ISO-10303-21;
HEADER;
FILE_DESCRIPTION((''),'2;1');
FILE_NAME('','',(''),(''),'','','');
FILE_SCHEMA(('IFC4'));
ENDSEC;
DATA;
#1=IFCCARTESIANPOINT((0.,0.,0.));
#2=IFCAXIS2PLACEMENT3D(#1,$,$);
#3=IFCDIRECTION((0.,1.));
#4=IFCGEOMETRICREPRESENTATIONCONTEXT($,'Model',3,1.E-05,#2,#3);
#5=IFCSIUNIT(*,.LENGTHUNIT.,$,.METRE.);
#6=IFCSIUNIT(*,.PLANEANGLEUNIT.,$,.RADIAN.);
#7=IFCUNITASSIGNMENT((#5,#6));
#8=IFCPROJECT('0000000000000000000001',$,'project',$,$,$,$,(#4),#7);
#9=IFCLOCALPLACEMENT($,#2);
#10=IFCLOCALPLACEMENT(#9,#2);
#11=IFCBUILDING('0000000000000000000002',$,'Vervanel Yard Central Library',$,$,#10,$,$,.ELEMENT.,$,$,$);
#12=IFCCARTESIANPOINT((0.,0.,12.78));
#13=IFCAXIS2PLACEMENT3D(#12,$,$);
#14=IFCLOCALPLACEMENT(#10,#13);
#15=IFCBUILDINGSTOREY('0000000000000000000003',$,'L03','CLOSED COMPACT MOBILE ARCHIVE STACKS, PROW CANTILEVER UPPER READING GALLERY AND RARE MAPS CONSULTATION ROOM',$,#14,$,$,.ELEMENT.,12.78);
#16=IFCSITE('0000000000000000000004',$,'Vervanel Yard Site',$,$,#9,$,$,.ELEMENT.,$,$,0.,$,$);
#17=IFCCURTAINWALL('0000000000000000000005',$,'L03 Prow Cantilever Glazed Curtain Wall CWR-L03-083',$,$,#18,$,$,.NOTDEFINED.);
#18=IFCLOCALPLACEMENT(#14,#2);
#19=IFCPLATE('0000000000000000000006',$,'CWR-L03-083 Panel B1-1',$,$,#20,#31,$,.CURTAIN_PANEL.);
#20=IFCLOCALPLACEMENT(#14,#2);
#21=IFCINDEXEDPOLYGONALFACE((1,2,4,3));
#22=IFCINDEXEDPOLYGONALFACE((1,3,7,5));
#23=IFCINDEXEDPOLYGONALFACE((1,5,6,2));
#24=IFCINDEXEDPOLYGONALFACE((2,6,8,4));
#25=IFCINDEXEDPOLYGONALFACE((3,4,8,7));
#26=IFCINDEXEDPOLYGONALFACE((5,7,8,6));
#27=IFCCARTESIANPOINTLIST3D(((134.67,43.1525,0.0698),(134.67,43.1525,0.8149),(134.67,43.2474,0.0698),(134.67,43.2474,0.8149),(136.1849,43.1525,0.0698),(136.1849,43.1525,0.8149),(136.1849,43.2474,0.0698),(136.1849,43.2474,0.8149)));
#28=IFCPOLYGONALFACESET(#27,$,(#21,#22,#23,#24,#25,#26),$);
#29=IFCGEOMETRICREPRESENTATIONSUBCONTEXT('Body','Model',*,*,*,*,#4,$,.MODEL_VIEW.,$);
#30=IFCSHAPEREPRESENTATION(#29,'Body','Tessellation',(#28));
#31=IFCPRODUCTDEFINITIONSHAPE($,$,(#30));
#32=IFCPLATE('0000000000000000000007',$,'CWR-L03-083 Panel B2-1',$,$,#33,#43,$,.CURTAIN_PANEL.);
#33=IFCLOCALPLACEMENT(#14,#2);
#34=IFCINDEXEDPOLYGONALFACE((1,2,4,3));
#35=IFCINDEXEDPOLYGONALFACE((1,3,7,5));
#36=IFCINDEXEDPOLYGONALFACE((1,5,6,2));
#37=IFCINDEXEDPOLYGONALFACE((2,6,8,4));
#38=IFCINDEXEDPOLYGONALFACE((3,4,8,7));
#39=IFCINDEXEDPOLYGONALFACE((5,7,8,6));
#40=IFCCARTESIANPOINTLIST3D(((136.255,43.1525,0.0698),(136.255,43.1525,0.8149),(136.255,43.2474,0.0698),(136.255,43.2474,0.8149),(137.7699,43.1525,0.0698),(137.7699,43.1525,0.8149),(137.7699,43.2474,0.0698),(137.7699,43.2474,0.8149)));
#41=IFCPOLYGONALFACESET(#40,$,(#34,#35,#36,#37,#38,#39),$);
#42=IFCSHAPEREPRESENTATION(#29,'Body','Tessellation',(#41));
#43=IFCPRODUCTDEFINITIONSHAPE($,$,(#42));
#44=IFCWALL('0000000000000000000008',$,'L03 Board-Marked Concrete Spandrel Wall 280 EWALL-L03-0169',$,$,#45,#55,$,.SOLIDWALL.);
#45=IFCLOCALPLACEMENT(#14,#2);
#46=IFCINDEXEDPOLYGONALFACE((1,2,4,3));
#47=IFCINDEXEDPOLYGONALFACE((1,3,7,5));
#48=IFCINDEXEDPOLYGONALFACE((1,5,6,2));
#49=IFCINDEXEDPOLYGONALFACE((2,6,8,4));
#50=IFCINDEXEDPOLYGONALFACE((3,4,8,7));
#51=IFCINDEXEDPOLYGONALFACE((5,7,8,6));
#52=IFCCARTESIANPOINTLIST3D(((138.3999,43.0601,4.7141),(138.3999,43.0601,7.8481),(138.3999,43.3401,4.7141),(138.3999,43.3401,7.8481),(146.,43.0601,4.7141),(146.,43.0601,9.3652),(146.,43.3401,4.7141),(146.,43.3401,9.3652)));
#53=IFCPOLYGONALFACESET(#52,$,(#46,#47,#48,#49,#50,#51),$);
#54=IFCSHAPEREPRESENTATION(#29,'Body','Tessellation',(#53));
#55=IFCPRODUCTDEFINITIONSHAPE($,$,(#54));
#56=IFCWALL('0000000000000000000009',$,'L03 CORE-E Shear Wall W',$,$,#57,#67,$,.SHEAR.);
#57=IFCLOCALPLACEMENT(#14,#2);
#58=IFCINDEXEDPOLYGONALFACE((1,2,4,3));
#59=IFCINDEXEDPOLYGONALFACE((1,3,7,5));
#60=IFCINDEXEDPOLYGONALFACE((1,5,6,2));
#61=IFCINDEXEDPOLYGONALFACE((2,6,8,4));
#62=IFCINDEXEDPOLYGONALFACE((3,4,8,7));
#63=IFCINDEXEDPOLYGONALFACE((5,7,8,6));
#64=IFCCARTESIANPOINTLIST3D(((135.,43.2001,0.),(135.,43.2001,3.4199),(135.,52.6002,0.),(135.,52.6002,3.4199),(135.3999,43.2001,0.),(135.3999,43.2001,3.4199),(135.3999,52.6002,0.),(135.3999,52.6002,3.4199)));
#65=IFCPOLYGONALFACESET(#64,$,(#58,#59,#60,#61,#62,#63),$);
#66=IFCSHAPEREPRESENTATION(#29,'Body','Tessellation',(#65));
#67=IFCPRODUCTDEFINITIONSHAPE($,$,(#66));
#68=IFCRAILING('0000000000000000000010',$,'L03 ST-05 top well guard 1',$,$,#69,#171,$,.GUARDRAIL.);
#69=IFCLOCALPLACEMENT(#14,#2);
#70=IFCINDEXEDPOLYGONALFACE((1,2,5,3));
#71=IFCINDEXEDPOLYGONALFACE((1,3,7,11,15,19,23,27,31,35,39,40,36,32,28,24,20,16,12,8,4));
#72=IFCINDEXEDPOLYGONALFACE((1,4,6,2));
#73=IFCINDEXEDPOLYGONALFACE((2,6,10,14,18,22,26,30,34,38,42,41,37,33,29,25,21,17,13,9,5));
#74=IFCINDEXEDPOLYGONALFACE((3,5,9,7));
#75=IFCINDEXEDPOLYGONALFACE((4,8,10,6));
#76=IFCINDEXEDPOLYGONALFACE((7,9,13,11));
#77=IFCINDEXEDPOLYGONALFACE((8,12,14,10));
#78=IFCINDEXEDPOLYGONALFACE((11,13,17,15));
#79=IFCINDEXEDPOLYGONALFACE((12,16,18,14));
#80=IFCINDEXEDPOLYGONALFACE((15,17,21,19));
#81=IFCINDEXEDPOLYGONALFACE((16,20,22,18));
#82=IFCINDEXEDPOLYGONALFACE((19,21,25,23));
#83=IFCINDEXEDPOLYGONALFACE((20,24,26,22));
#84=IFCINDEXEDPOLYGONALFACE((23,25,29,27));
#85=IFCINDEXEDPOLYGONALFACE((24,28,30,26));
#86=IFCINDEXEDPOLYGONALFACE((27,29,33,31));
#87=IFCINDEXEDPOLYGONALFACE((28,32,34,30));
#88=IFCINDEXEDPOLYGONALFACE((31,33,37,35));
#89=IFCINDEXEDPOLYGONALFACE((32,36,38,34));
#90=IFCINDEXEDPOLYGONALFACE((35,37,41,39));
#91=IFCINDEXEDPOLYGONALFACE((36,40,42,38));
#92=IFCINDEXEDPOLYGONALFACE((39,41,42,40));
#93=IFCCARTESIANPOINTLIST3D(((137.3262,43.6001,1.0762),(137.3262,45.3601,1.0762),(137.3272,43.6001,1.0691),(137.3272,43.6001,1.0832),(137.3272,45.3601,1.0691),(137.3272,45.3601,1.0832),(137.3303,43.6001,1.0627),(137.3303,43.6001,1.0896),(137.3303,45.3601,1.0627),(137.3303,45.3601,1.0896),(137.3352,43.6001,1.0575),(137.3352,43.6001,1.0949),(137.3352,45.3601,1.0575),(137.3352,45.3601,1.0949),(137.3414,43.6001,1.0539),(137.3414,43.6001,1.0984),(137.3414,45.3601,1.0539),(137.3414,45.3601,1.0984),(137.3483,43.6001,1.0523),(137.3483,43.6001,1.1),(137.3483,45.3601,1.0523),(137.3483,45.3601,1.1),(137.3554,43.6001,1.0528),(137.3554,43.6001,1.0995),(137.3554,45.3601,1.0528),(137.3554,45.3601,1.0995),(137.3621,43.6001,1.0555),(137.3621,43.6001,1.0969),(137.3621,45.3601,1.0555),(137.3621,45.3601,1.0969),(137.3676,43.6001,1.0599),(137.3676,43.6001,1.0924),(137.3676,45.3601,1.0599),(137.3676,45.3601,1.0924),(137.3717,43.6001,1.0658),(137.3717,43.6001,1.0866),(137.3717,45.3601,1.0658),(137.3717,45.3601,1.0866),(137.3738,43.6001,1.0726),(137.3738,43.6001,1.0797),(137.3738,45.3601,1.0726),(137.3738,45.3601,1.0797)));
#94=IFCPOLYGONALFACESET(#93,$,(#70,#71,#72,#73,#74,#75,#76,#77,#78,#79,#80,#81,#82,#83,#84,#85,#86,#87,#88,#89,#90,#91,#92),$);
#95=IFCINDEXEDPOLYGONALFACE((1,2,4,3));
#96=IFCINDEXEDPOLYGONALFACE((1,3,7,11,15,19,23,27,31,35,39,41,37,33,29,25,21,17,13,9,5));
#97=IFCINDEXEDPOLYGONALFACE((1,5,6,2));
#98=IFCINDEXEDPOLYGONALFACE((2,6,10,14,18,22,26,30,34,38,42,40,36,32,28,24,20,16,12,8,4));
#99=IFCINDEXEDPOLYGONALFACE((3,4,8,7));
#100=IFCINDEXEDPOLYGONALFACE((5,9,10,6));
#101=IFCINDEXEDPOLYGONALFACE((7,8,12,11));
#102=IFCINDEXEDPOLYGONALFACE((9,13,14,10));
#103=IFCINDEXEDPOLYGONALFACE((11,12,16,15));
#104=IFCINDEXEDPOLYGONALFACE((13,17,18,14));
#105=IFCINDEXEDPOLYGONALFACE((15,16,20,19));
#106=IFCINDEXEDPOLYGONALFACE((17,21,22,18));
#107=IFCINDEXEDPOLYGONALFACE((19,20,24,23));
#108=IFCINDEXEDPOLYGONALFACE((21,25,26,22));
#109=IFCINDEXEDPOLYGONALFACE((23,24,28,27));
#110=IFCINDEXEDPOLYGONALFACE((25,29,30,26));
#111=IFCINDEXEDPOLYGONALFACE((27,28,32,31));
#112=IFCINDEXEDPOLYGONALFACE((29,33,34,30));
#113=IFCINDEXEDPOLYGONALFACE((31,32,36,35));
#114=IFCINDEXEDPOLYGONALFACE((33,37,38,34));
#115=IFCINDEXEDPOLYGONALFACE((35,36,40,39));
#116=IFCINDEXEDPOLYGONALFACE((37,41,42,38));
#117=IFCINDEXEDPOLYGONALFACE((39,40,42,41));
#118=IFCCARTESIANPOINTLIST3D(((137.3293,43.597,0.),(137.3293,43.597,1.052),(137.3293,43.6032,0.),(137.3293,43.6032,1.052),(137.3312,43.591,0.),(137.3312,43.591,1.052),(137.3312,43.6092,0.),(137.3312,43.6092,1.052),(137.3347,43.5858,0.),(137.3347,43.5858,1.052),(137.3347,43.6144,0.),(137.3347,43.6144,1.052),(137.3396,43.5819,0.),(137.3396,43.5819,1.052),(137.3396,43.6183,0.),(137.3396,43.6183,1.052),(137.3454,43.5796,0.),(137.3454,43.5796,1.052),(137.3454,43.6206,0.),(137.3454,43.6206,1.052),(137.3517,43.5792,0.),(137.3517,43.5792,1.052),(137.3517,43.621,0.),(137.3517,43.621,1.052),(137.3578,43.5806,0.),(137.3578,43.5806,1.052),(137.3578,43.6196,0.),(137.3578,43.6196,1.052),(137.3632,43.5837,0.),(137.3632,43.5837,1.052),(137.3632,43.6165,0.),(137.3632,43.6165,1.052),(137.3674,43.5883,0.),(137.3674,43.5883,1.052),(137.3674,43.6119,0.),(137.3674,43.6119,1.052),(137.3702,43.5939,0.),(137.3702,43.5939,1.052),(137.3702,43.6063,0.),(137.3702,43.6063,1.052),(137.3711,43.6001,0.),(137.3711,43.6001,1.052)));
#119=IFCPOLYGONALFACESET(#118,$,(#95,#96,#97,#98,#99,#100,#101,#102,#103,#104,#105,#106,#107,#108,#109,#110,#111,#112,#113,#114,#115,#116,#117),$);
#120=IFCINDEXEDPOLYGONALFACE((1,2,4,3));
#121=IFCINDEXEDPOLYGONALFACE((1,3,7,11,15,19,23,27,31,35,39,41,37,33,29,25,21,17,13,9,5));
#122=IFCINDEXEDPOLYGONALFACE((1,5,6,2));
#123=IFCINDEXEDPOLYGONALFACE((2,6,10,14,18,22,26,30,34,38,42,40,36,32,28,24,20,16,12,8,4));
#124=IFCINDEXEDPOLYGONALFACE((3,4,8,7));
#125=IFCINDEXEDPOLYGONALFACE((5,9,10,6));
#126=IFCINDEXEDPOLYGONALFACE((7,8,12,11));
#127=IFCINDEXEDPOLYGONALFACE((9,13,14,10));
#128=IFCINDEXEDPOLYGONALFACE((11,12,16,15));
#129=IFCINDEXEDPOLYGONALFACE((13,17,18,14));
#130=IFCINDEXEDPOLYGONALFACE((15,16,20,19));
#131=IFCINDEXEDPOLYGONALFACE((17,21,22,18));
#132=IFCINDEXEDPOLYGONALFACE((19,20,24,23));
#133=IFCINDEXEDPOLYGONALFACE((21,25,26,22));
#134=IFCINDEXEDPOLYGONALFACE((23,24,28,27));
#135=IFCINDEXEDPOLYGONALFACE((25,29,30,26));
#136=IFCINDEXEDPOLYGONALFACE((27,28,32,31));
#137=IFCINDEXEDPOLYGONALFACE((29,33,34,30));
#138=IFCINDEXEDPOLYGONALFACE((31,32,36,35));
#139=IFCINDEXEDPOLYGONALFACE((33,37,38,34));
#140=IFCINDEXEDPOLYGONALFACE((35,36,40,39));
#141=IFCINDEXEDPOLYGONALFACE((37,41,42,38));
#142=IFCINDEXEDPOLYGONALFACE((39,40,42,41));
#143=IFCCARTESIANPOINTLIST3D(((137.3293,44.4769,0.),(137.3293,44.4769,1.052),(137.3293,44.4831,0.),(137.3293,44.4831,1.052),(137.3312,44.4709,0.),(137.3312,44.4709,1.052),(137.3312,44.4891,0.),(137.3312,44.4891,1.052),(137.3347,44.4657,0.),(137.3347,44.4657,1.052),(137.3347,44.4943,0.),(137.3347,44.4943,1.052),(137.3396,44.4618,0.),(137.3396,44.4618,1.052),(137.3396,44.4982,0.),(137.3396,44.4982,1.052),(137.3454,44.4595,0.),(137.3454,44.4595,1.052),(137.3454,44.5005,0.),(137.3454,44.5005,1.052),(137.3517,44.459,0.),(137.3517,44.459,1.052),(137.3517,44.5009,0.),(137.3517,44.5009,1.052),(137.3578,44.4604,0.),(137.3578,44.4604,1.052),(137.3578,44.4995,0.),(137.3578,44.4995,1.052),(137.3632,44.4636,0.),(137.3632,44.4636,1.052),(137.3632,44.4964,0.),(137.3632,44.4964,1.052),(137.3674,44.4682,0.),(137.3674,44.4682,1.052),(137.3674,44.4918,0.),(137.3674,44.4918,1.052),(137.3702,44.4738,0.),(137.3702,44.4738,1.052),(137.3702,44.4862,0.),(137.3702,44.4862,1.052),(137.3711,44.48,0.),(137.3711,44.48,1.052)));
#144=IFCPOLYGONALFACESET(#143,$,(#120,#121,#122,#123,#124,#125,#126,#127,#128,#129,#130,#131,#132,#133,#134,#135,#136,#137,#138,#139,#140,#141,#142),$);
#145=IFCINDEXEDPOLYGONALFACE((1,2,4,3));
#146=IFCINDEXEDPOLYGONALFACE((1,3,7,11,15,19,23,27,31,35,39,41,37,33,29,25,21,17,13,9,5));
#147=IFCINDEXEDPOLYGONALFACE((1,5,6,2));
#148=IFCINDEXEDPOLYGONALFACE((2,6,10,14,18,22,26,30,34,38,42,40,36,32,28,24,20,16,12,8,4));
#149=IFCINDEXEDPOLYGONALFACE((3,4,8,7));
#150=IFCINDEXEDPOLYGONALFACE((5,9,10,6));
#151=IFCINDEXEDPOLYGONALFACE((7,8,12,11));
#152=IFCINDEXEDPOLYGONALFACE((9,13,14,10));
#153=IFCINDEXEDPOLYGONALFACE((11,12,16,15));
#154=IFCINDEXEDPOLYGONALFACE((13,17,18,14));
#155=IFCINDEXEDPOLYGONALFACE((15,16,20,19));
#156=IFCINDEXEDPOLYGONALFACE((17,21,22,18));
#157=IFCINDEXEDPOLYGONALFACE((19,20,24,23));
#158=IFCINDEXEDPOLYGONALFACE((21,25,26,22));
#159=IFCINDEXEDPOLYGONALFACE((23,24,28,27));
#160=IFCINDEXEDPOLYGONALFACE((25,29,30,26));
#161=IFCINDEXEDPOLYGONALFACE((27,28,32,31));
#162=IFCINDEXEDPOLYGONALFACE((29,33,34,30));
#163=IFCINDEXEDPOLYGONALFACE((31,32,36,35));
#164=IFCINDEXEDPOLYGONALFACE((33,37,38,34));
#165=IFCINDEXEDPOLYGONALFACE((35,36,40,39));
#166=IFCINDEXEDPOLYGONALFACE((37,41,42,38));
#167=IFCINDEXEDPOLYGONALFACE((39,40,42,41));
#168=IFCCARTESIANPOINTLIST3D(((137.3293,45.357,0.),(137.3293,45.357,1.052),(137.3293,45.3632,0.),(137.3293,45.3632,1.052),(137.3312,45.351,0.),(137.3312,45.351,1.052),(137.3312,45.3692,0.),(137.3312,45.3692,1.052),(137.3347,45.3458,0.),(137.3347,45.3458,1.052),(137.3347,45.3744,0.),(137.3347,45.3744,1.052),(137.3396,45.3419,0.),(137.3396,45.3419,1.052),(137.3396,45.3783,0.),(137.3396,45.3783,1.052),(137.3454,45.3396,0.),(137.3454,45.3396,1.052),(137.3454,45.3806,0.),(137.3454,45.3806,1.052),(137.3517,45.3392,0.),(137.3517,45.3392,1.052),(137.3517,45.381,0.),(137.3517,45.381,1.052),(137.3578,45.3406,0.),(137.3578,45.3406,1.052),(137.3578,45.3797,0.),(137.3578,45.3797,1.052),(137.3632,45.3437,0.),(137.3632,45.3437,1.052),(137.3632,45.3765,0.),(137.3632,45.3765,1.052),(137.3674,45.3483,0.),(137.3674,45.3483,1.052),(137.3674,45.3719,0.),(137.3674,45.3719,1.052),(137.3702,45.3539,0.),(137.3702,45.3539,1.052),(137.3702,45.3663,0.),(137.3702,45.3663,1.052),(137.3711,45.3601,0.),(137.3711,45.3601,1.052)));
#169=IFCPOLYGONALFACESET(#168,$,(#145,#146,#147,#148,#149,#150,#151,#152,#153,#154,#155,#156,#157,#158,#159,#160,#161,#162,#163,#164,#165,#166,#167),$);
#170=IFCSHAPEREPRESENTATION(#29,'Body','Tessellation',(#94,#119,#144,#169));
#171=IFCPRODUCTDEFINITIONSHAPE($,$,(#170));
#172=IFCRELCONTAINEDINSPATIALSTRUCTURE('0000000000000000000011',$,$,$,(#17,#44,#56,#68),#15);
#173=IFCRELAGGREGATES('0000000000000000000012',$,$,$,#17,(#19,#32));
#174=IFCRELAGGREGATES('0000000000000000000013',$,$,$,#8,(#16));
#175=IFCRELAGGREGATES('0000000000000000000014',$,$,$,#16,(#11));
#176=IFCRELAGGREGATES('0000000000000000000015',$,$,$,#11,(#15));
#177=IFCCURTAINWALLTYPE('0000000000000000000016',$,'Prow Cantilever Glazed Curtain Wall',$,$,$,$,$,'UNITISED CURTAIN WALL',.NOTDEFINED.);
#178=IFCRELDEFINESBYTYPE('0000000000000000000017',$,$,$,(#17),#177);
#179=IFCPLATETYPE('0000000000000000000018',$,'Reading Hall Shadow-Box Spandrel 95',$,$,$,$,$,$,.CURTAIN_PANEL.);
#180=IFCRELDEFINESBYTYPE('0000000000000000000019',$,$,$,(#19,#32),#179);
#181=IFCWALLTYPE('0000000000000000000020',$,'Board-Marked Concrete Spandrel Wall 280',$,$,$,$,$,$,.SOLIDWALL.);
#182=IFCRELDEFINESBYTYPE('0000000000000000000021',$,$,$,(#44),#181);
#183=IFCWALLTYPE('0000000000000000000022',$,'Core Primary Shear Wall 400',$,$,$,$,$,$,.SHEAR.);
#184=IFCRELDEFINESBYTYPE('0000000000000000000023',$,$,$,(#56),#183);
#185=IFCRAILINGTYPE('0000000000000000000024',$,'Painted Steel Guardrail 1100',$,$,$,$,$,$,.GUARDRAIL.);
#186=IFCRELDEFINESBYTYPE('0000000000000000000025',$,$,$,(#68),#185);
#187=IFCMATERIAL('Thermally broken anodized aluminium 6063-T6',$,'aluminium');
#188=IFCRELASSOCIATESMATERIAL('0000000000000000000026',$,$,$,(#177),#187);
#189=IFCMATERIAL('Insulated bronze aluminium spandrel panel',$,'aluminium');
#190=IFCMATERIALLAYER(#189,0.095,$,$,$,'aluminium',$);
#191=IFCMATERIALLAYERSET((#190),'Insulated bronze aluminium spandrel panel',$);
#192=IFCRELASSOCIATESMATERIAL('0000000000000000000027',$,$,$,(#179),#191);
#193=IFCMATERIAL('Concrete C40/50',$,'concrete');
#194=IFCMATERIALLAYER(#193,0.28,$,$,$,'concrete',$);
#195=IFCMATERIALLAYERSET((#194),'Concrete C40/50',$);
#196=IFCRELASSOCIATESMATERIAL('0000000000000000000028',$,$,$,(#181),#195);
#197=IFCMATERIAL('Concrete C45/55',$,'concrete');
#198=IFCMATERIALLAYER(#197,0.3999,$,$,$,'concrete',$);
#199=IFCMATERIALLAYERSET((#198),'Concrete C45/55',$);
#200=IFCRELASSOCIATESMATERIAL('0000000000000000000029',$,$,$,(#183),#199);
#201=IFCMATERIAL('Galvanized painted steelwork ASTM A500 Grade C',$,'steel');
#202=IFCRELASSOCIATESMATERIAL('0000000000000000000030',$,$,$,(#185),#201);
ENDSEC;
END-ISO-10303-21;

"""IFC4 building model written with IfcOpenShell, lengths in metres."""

from ifc_helpers import new_model, si_unit, direction, frame, frame_2d, origin, origin_2d, place, context, subcontext, project, spatial, polyline, rectangle, circle, outline, extrude, material, layer, layer_set, type_object, element, aggregate, save


model = new_model("IFC4")

# Units and contexts
model_context = context("Model", 3, precision=1e-05, world=origin(), true_north=direction((0.0, 1.0)))
body_context = subcontext(model_context, "Body", "Model", "MODEL_VIEW")
ifc_project = project(units=[si_unit("LENGTHUNIT", "METRE"), si_unit("PLANEANGLEUNIT", "RADIAN")], contexts=[model_context])

# Site, building, storey
site_placement = place(None, origin())
site = spatial("IfcSite", under=ifc_project, at=site_placement, Name="Vervanel Yard Site", CompositionType="ELEMENT", RefElevation=0.0)
building_placement = place(site_placement, origin())
building = spatial("IfcBuilding", under=site, at=building_placement, Name="Vervanel Yard Central Library", CompositionType="ELEMENT")
storey_placement = place(building_placement, frame((0.0, 0.0, 12.78)))
storey = spatial("IfcBuildingStorey", under=building, at=storey_placement, Name="L03", Description="CLOSED COMPACT MOBILE ARCHIVE STACKS, PROW CANTILEVER UPPER READING GALLERY AND RARE MAPS CONSULTATION ROOM", CompositionType="ELEMENT", Elevation=12.78)

# Curtain wall
ifc_material_1 = material(Name="Thermally broken anodized aluminium 6063-T6", Category="aluminium")
curtain_wall_type = type_object("IfcCurtainWallType", Name="Prow Cantilever Glazed Curtain Wall", ElementType="UNITISED CURTAIN WALL", PredefinedType="NOTDEFINED", material=ifc_material_1)
curtain_wall_1_placement = place(storey_placement, origin())
curtain_wall_1 = element("IfcCurtainWall", 1, at=curtain_wall_1_placement, inside=storey, type_object=curtain_wall_type, Name="L03 Prow Cantilever Glazed Curtain Wall CWR-L03-083", PredefinedType="NOTDEFINED")

# Plates
ifc_material_2 = material(Name="Insulated bronze aluminium spandrel panel", Category="aluminium")
ifc_layer_1 = layer(ifc_material_2, 0.095, Category="aluminium")
ifc_layer_set_1 = layer_set([ifc_layer_1], Name="Insulated bronze aluminium spandrel panel")
plate_type_1 = type_object("IfcPlateType", Name="Reading Hall Shadow-Box Spandrel 95", PredefinedType="CURTAIN_PANEL", material=ifc_layer_set_1)
plate_1_placement = place(storey_placement, frame((135.4275, 43.2, 0.0698), z_axis=(0.0, 0.0, 1.0), x_axis=(1.0, 0.0, 0.0)))
plate_1 = element("IfcPlate", 2, at=plate_1_placement, type_object=plate_type_1, Name="CWR-L03-083 Panel B1-1", PredefinedType="CURTAIN_PANEL", context=body_context, shape_type="SweptSolid", body=[
    extrude(rectangle(XDim=1.5149, YDim=0.095, at=origin_2d()), origin(), (0.0, 0.0, 1.0), 0.7451),
])
plate_2_placement = place(storey_placement, frame((137.0125, 43.2, 0.0698), z_axis=(0.0, 0.0, 1.0), x_axis=(1.0, 0.0, 0.0)))
plate_2 = element("IfcPlate", 3, at=plate_2_placement, type_object=plate_type_1, Name="CWR-L03-083 Panel B2-1", PredefinedType="CURTAIN_PANEL", context=body_context, shape_type="SweptSolid", body=[
    extrude(rectangle(XDim=1.5149, YDim=0.095, at=origin_2d()), origin(), (0.0, 0.0, 1.0), 0.7451),
])
aggregate(curtain_wall_1, [plate_1, plate_2])

# Walls
ifc_material_3 = material(Name="Concrete C40/50", Category="concrete")
ifc_layer_2 = layer(ifc_material_3, 0.28, Category="concrete")
ifc_layer_set_2 = layer_set([ifc_layer_2], Name="Concrete C40/50")
wall_type_1 = type_object("IfcWallType", Name="Board-Marked Concrete Spandrel Wall 280", PredefinedType="SOLIDWALL", material=ifc_layer_set_2)
wall_1_placement = place(storey_placement, frame((138.3999, 43.2, 4.7141), z_axis=(0.0, 0.0, 1.0), x_axis=(1.0, 0.0, 0.0)))
element("IfcWall", 4, at=wall_1_placement, inside=storey, type_object=wall_type_1, Name="L03 Board-Marked Concrete Spandrel Wall 280 EWALL-L03-0169", PredefinedType="SOLIDWALL", context=body_context, shape_type="SweptSolid", body=[
    extrude(outline(polyline([(0.0, 0.0), (7.6001, 0.0), (7.6001, 4.6511), (0.0, 3.134), (0.0, 0.0)])), frame((0.0, 0.1401, 0.0), z_axis=(0.0, -1.0, 0.0), x_axis=(1.0, 0.0, 0.0)), (0.0, 0.0, 1.0), 0.28),
])
ifc_material_4 = material(Name="Concrete C45/55", Category="concrete")
ifc_layer_3 = layer(ifc_material_4, 0.3999, Category="concrete")
ifc_layer_set_3 = layer_set([ifc_layer_3], Name="Concrete C45/55")
wall_type_2 = type_object("IfcWallType", Name="Core Primary Shear Wall 400", PredefinedType="SHEAR", material=ifc_layer_set_3)
wall_2_placement = place(storey_placement, frame((135.2, 43.2, 0.0), z_axis=(0.0, 0.0, 1.0), x_axis=(0.0, 1.0, 0.0)))
element("IfcWall", 5, at=wall_2_placement, inside=storey, type_object=wall_type_2, Name="L03 CORE-E Shear Wall W", PredefinedType="SHEAR", context=body_context, shape_type="SweptSolid", body=[
    extrude(rectangle(XDim=9.4001, YDim=0.3999, at=frame_2d((4.7002, 0.0))), origin(), (0.0, 0.0, 1.0), 3.4199),
])

# Railing
ifc_material_5 = material(Name="Galvanized painted steelwork ASTM A500 Grade C", Category="steel")
railing_type = type_object("IfcRailingType", Name="Painted Steel Guardrail 1100", PredefinedType="GUARDRAIL", material=ifc_material_5)
railing_1_placement = place(storey_placement, frame((137.3501, 43.6001, 0.0)))
element("IfcRailing", 6, at=railing_1_placement, inside=storey, type_object=railing_type, Name="L03 ST-05 top well guard 1", PredefinedType="GUARDRAIL", context=body_context, shape_type="SweptSolid", body=[
    extrude(circle(Radius=0.0239, at=origin_2d()), frame((0.0, 0.0, 1.0762), z_axis=(0.0, 1.0, 0.0), x_axis=(-1.0, 0.0, 0.0)), (0.0, 0.0, 1.0), 1.76),
    extrude(circle(Radius=0.021, at=origin_2d()), origin(), (0.0, 0.0, 1.0), 1.052),
    extrude(circle(Radius=0.021, at=origin_2d()), frame((0.0, 0.8799, 0.0)), (0.0, 0.0, 1.0), 1.052),
    extrude(circle(Radius=0.021, at=origin_2d()), frame((0.0, 1.76, 0.0)), (0.0, 0.0, 1.0), 1.052),
])

save(model, "model.ifc")
